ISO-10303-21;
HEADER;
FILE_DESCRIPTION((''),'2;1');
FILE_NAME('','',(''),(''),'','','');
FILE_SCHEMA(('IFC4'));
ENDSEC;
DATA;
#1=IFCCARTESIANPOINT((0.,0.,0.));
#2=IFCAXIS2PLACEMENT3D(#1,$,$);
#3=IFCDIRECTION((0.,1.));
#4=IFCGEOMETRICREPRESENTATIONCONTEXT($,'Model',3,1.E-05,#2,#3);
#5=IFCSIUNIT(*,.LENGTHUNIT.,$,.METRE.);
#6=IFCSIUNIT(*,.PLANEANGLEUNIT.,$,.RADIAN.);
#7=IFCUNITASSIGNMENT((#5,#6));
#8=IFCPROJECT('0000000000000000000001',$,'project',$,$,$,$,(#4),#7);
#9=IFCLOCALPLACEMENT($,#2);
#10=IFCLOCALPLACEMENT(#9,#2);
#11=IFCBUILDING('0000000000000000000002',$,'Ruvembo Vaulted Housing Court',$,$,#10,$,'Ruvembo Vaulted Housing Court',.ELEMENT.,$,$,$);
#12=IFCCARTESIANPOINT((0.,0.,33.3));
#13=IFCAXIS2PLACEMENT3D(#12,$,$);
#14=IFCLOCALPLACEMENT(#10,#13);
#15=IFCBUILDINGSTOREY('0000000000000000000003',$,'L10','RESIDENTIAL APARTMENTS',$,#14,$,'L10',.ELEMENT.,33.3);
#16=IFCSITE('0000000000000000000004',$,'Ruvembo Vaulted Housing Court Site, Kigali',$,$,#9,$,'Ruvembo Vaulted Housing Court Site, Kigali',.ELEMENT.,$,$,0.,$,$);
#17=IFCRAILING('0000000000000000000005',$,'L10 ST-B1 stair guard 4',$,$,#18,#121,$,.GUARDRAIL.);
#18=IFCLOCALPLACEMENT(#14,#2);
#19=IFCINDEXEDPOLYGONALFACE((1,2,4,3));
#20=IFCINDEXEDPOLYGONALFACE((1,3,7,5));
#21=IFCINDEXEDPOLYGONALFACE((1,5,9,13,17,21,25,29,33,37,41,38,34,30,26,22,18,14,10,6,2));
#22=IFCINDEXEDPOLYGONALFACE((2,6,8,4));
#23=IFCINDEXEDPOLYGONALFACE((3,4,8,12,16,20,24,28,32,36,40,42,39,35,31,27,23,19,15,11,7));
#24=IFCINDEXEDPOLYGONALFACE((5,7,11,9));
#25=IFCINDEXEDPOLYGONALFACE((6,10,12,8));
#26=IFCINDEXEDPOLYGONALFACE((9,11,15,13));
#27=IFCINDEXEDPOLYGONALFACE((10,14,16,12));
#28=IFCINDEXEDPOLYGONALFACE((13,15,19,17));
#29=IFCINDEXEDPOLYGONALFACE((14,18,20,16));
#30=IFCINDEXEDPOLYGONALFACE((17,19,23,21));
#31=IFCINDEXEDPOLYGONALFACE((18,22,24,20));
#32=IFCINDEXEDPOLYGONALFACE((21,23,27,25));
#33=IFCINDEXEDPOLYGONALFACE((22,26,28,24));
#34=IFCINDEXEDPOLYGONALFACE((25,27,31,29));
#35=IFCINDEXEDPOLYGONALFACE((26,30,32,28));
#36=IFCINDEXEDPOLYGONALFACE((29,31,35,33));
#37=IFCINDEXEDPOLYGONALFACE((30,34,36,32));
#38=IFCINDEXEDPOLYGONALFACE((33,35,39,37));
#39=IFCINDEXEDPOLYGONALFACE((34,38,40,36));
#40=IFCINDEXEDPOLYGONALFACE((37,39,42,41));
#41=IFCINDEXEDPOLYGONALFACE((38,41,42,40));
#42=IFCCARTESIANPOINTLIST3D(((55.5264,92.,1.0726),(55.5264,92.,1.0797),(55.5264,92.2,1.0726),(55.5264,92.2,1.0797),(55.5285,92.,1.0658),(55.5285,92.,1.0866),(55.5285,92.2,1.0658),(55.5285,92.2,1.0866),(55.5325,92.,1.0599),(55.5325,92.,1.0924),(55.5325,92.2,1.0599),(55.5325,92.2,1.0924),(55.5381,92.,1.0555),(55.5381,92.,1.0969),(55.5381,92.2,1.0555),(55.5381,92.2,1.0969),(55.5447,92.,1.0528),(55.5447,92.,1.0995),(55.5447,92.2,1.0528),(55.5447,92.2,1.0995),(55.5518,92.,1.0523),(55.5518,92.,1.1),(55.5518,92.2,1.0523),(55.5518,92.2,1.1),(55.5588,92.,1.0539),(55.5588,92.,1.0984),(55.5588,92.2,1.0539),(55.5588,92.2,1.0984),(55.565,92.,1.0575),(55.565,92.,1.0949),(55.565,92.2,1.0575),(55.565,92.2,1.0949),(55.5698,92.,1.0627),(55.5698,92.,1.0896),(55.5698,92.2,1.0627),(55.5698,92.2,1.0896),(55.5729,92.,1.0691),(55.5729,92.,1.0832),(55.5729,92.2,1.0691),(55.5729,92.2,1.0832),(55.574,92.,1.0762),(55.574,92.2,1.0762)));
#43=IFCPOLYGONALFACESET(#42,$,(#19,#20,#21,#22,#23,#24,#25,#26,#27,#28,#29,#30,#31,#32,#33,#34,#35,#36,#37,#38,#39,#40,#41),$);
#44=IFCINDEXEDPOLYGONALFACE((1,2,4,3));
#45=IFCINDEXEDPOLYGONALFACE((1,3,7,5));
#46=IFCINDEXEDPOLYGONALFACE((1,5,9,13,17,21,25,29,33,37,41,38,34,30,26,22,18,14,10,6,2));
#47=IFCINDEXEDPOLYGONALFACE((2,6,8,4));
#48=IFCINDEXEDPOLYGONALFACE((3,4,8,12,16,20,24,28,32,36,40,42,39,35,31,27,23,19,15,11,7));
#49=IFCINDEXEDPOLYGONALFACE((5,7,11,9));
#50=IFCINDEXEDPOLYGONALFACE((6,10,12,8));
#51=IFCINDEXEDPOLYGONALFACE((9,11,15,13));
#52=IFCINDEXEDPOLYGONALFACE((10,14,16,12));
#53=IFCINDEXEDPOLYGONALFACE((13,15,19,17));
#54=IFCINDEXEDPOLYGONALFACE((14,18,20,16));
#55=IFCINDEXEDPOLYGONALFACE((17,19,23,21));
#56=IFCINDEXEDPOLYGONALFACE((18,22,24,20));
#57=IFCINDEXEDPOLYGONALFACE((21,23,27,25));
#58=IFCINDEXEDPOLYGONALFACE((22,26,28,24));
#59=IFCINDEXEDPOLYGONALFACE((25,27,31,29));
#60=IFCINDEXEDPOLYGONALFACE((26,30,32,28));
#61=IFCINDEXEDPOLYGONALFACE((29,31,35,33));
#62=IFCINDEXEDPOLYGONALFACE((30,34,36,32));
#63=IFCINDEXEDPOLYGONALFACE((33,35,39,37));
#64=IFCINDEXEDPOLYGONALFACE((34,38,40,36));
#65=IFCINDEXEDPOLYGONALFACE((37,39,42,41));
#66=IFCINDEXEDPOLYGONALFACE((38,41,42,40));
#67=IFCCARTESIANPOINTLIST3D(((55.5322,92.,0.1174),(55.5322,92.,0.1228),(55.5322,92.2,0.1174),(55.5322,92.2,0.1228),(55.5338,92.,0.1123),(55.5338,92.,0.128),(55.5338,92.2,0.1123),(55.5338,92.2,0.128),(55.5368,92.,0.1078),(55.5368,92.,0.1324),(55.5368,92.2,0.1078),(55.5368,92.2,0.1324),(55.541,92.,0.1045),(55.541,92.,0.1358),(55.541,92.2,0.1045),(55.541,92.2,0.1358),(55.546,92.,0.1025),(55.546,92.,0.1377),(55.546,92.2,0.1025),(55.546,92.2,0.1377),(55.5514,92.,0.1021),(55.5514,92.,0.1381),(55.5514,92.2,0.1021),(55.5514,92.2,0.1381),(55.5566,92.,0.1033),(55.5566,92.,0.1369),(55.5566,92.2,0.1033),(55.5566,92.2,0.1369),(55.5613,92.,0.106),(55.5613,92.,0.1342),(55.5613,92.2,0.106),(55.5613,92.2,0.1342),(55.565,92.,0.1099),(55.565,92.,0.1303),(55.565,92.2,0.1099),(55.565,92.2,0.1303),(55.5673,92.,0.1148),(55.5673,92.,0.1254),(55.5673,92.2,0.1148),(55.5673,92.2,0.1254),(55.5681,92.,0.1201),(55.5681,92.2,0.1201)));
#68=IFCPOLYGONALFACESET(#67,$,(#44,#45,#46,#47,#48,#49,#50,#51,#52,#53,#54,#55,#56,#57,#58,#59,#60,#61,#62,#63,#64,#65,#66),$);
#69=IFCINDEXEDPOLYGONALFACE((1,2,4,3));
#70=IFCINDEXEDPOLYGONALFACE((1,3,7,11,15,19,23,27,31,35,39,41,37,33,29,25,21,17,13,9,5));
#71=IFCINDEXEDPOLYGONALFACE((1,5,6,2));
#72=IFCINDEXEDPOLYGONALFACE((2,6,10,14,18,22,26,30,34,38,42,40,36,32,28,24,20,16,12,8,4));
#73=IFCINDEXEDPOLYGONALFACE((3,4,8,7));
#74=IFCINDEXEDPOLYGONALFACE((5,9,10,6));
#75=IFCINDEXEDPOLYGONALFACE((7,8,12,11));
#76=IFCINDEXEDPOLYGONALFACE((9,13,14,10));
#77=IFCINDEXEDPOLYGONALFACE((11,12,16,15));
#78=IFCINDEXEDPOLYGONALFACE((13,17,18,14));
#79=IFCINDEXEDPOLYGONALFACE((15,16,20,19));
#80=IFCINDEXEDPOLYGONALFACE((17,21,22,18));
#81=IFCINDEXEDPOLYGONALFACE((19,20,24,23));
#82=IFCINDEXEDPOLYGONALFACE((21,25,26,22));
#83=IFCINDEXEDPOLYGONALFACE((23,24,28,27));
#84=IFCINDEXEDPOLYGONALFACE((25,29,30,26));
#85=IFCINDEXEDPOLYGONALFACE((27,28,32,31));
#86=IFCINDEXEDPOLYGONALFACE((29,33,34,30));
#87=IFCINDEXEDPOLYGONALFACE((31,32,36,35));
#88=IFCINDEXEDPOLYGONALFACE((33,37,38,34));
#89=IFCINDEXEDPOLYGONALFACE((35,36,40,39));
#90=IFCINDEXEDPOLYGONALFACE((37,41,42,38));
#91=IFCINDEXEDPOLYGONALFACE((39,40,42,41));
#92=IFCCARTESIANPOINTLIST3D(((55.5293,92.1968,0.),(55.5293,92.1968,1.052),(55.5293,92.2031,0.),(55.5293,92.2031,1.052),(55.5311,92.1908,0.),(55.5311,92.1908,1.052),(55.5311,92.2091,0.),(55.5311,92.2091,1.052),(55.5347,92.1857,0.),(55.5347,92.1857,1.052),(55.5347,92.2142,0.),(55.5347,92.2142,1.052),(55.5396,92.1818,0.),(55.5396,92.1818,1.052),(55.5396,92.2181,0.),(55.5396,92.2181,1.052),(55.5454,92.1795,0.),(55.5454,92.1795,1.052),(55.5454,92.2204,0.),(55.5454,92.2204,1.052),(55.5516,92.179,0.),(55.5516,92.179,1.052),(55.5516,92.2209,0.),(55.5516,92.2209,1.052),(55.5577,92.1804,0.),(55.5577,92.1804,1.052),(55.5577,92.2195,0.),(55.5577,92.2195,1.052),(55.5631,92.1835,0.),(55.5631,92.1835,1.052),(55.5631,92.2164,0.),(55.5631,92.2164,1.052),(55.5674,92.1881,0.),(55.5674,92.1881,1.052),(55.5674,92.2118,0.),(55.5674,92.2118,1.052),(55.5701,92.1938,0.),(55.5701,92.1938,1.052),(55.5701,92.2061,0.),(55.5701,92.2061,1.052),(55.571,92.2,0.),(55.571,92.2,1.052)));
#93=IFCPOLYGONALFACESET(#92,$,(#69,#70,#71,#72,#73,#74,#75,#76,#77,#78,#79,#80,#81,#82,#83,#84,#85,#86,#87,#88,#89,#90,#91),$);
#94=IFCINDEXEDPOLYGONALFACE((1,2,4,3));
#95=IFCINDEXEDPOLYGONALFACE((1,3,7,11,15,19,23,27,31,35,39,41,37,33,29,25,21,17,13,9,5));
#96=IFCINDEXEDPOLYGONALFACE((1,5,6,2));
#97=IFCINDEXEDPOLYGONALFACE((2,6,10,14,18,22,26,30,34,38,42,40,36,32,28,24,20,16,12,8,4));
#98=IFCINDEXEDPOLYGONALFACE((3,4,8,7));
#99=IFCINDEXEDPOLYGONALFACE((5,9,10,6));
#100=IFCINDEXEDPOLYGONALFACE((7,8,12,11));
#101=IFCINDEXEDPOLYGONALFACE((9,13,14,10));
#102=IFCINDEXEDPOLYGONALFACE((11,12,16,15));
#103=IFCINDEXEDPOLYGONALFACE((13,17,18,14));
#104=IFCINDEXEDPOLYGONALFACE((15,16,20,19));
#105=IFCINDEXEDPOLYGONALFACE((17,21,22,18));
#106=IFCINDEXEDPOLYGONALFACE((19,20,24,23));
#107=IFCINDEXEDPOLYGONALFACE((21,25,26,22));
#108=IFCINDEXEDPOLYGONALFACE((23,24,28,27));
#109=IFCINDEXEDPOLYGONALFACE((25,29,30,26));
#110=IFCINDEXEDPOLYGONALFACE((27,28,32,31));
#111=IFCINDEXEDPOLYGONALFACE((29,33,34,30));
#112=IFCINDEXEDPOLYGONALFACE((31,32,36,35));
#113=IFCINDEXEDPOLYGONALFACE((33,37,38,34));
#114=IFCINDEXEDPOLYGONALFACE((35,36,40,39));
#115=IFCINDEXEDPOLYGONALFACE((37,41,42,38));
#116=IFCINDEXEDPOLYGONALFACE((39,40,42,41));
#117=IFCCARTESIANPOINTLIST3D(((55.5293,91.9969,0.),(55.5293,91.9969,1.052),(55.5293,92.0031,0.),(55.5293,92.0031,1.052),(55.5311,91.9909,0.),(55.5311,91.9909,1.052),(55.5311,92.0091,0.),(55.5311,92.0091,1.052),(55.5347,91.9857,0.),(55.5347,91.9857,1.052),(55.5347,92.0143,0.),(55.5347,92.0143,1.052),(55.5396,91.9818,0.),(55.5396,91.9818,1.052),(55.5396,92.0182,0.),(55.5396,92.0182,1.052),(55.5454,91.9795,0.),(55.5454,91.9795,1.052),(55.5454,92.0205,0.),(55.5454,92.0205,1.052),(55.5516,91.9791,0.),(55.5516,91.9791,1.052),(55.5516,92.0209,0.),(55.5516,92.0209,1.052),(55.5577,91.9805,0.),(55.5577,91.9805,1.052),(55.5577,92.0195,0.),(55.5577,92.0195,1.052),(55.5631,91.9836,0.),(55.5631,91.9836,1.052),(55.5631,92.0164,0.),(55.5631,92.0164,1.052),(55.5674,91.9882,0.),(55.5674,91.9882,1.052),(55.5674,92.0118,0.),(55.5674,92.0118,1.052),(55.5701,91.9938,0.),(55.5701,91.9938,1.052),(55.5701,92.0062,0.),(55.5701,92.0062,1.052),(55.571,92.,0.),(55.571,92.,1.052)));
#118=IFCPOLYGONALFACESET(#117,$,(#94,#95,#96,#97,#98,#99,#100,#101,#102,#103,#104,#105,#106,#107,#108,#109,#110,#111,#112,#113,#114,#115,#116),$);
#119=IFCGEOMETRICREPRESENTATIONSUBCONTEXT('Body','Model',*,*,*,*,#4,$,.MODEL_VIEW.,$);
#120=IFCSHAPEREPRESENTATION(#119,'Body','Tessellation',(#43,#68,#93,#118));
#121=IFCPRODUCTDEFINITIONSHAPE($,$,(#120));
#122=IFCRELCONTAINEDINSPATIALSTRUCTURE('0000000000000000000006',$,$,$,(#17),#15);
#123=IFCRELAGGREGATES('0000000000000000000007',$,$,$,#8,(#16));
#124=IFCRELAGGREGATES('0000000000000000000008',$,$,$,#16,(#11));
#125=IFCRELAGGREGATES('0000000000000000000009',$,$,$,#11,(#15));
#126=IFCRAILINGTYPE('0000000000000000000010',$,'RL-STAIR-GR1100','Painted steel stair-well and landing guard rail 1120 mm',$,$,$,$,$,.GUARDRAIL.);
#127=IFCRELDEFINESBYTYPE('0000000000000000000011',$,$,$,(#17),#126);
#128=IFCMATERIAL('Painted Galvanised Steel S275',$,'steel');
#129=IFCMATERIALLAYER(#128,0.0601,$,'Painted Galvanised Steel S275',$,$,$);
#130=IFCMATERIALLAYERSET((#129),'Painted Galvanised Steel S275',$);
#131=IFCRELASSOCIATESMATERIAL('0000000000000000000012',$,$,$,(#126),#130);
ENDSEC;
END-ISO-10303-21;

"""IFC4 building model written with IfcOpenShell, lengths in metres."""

from ifc_helpers import new_model, si_unit, direction, frame, origin, origin_2d, place, context, subcontext, project, spatial, circle, extrude, material, layer, layer_set, type_object, element, save


model = new_model("IFC4")

# Units and contexts
model_context = context("Model", 3, precision=1e-05, world=origin(), true_north=direction((0.0, 1.0)))
body_context = subcontext(model_context, "Body", "Model", "MODEL_VIEW")
ifc_project = project(units=[si_unit("LENGTHUNIT", "METRE"), si_unit("PLANEANGLEUNIT", "RADIAN")], contexts=[model_context])

# Site, building, storey
site_placement = place(None, origin())
site = spatial("IfcSite", under=ifc_project, at=site_placement, Name="Ruvembo Vaulted Housing Court Site, Kigali", LongName="Ruvembo Vaulted Housing Court Site, Kigali", CompositionType="ELEMENT", RefElevation=0.0)
building_placement = place(site_placement, origin())
building = spatial("IfcBuilding", under=site, at=building_placement, Name="Ruvembo Vaulted Housing Court", LongName="Ruvembo Vaulted Housing Court", CompositionType="ELEMENT")
storey_placement = place(building_placement, frame((0.0, 0.0, 33.3)))
storey = spatial("IfcBuildingStorey", under=building, at=storey_placement, Name="L10", Description="RESIDENTIAL APARTMENTS", LongName="L10", CompositionType="ELEMENT", Elevation=33.3)

# Railing
ifc_material_1 = material(Name="Painted Galvanised Steel S275", Category="steel")
ifc_layer_1 = layer(ifc_material_1, 0.0601, Name="Painted Galvanised Steel S275")
ifc_layer_set_1 = layer_set([ifc_layer_1], Name="Painted Galvanised Steel S275")
railing_type_1 = type_object("IfcRailingType", Name="RL-STAIR-GR1100", Description="Painted steel stair-well and landing guard rail 1120 mm", PredefinedType="GUARDRAIL", material=ifc_layer_set_1)
railing_1_placement = place(storey_placement, frame((55.55, 92.2, 0.0)))
element("IfcRailing", 1, at=railing_1_placement, inside=storey, type_object=railing_type_1, Name="L10 ST-B1 stair guard 4", PredefinedType="GUARDRAIL", context=body_context, shape_type="SweptSolid", body=[
    extrude(circle(Radius=0.0239, at=origin_2d()), frame((0.0, 0.0, 1.0762), z_axis=(0.0, -1.0, 0.0), x_axis=(1.0, 0.0, 0.0)), (0.0, 0.0, 1.0), 0.2),
    extrude(circle(Radius=0.0181, at=origin_2d()), frame((0.0, 0.0, 0.1201), z_axis=(0.0, -1.0, 0.0), x_axis=(1.0, 0.0, 0.0)), (0.0, 0.0, 1.0), 0.2),
    extrude(circle(Radius=0.021, at=origin_2d()), origin(), (0.0, 0.0, 1.0), 1.052),
    extrude(circle(Radius=0.021, at=origin_2d()), frame((0.0, -0.2, 0.0)), (0.0, 0.0, 1.0), 1.052),
])

save(model, "model.ifc")
